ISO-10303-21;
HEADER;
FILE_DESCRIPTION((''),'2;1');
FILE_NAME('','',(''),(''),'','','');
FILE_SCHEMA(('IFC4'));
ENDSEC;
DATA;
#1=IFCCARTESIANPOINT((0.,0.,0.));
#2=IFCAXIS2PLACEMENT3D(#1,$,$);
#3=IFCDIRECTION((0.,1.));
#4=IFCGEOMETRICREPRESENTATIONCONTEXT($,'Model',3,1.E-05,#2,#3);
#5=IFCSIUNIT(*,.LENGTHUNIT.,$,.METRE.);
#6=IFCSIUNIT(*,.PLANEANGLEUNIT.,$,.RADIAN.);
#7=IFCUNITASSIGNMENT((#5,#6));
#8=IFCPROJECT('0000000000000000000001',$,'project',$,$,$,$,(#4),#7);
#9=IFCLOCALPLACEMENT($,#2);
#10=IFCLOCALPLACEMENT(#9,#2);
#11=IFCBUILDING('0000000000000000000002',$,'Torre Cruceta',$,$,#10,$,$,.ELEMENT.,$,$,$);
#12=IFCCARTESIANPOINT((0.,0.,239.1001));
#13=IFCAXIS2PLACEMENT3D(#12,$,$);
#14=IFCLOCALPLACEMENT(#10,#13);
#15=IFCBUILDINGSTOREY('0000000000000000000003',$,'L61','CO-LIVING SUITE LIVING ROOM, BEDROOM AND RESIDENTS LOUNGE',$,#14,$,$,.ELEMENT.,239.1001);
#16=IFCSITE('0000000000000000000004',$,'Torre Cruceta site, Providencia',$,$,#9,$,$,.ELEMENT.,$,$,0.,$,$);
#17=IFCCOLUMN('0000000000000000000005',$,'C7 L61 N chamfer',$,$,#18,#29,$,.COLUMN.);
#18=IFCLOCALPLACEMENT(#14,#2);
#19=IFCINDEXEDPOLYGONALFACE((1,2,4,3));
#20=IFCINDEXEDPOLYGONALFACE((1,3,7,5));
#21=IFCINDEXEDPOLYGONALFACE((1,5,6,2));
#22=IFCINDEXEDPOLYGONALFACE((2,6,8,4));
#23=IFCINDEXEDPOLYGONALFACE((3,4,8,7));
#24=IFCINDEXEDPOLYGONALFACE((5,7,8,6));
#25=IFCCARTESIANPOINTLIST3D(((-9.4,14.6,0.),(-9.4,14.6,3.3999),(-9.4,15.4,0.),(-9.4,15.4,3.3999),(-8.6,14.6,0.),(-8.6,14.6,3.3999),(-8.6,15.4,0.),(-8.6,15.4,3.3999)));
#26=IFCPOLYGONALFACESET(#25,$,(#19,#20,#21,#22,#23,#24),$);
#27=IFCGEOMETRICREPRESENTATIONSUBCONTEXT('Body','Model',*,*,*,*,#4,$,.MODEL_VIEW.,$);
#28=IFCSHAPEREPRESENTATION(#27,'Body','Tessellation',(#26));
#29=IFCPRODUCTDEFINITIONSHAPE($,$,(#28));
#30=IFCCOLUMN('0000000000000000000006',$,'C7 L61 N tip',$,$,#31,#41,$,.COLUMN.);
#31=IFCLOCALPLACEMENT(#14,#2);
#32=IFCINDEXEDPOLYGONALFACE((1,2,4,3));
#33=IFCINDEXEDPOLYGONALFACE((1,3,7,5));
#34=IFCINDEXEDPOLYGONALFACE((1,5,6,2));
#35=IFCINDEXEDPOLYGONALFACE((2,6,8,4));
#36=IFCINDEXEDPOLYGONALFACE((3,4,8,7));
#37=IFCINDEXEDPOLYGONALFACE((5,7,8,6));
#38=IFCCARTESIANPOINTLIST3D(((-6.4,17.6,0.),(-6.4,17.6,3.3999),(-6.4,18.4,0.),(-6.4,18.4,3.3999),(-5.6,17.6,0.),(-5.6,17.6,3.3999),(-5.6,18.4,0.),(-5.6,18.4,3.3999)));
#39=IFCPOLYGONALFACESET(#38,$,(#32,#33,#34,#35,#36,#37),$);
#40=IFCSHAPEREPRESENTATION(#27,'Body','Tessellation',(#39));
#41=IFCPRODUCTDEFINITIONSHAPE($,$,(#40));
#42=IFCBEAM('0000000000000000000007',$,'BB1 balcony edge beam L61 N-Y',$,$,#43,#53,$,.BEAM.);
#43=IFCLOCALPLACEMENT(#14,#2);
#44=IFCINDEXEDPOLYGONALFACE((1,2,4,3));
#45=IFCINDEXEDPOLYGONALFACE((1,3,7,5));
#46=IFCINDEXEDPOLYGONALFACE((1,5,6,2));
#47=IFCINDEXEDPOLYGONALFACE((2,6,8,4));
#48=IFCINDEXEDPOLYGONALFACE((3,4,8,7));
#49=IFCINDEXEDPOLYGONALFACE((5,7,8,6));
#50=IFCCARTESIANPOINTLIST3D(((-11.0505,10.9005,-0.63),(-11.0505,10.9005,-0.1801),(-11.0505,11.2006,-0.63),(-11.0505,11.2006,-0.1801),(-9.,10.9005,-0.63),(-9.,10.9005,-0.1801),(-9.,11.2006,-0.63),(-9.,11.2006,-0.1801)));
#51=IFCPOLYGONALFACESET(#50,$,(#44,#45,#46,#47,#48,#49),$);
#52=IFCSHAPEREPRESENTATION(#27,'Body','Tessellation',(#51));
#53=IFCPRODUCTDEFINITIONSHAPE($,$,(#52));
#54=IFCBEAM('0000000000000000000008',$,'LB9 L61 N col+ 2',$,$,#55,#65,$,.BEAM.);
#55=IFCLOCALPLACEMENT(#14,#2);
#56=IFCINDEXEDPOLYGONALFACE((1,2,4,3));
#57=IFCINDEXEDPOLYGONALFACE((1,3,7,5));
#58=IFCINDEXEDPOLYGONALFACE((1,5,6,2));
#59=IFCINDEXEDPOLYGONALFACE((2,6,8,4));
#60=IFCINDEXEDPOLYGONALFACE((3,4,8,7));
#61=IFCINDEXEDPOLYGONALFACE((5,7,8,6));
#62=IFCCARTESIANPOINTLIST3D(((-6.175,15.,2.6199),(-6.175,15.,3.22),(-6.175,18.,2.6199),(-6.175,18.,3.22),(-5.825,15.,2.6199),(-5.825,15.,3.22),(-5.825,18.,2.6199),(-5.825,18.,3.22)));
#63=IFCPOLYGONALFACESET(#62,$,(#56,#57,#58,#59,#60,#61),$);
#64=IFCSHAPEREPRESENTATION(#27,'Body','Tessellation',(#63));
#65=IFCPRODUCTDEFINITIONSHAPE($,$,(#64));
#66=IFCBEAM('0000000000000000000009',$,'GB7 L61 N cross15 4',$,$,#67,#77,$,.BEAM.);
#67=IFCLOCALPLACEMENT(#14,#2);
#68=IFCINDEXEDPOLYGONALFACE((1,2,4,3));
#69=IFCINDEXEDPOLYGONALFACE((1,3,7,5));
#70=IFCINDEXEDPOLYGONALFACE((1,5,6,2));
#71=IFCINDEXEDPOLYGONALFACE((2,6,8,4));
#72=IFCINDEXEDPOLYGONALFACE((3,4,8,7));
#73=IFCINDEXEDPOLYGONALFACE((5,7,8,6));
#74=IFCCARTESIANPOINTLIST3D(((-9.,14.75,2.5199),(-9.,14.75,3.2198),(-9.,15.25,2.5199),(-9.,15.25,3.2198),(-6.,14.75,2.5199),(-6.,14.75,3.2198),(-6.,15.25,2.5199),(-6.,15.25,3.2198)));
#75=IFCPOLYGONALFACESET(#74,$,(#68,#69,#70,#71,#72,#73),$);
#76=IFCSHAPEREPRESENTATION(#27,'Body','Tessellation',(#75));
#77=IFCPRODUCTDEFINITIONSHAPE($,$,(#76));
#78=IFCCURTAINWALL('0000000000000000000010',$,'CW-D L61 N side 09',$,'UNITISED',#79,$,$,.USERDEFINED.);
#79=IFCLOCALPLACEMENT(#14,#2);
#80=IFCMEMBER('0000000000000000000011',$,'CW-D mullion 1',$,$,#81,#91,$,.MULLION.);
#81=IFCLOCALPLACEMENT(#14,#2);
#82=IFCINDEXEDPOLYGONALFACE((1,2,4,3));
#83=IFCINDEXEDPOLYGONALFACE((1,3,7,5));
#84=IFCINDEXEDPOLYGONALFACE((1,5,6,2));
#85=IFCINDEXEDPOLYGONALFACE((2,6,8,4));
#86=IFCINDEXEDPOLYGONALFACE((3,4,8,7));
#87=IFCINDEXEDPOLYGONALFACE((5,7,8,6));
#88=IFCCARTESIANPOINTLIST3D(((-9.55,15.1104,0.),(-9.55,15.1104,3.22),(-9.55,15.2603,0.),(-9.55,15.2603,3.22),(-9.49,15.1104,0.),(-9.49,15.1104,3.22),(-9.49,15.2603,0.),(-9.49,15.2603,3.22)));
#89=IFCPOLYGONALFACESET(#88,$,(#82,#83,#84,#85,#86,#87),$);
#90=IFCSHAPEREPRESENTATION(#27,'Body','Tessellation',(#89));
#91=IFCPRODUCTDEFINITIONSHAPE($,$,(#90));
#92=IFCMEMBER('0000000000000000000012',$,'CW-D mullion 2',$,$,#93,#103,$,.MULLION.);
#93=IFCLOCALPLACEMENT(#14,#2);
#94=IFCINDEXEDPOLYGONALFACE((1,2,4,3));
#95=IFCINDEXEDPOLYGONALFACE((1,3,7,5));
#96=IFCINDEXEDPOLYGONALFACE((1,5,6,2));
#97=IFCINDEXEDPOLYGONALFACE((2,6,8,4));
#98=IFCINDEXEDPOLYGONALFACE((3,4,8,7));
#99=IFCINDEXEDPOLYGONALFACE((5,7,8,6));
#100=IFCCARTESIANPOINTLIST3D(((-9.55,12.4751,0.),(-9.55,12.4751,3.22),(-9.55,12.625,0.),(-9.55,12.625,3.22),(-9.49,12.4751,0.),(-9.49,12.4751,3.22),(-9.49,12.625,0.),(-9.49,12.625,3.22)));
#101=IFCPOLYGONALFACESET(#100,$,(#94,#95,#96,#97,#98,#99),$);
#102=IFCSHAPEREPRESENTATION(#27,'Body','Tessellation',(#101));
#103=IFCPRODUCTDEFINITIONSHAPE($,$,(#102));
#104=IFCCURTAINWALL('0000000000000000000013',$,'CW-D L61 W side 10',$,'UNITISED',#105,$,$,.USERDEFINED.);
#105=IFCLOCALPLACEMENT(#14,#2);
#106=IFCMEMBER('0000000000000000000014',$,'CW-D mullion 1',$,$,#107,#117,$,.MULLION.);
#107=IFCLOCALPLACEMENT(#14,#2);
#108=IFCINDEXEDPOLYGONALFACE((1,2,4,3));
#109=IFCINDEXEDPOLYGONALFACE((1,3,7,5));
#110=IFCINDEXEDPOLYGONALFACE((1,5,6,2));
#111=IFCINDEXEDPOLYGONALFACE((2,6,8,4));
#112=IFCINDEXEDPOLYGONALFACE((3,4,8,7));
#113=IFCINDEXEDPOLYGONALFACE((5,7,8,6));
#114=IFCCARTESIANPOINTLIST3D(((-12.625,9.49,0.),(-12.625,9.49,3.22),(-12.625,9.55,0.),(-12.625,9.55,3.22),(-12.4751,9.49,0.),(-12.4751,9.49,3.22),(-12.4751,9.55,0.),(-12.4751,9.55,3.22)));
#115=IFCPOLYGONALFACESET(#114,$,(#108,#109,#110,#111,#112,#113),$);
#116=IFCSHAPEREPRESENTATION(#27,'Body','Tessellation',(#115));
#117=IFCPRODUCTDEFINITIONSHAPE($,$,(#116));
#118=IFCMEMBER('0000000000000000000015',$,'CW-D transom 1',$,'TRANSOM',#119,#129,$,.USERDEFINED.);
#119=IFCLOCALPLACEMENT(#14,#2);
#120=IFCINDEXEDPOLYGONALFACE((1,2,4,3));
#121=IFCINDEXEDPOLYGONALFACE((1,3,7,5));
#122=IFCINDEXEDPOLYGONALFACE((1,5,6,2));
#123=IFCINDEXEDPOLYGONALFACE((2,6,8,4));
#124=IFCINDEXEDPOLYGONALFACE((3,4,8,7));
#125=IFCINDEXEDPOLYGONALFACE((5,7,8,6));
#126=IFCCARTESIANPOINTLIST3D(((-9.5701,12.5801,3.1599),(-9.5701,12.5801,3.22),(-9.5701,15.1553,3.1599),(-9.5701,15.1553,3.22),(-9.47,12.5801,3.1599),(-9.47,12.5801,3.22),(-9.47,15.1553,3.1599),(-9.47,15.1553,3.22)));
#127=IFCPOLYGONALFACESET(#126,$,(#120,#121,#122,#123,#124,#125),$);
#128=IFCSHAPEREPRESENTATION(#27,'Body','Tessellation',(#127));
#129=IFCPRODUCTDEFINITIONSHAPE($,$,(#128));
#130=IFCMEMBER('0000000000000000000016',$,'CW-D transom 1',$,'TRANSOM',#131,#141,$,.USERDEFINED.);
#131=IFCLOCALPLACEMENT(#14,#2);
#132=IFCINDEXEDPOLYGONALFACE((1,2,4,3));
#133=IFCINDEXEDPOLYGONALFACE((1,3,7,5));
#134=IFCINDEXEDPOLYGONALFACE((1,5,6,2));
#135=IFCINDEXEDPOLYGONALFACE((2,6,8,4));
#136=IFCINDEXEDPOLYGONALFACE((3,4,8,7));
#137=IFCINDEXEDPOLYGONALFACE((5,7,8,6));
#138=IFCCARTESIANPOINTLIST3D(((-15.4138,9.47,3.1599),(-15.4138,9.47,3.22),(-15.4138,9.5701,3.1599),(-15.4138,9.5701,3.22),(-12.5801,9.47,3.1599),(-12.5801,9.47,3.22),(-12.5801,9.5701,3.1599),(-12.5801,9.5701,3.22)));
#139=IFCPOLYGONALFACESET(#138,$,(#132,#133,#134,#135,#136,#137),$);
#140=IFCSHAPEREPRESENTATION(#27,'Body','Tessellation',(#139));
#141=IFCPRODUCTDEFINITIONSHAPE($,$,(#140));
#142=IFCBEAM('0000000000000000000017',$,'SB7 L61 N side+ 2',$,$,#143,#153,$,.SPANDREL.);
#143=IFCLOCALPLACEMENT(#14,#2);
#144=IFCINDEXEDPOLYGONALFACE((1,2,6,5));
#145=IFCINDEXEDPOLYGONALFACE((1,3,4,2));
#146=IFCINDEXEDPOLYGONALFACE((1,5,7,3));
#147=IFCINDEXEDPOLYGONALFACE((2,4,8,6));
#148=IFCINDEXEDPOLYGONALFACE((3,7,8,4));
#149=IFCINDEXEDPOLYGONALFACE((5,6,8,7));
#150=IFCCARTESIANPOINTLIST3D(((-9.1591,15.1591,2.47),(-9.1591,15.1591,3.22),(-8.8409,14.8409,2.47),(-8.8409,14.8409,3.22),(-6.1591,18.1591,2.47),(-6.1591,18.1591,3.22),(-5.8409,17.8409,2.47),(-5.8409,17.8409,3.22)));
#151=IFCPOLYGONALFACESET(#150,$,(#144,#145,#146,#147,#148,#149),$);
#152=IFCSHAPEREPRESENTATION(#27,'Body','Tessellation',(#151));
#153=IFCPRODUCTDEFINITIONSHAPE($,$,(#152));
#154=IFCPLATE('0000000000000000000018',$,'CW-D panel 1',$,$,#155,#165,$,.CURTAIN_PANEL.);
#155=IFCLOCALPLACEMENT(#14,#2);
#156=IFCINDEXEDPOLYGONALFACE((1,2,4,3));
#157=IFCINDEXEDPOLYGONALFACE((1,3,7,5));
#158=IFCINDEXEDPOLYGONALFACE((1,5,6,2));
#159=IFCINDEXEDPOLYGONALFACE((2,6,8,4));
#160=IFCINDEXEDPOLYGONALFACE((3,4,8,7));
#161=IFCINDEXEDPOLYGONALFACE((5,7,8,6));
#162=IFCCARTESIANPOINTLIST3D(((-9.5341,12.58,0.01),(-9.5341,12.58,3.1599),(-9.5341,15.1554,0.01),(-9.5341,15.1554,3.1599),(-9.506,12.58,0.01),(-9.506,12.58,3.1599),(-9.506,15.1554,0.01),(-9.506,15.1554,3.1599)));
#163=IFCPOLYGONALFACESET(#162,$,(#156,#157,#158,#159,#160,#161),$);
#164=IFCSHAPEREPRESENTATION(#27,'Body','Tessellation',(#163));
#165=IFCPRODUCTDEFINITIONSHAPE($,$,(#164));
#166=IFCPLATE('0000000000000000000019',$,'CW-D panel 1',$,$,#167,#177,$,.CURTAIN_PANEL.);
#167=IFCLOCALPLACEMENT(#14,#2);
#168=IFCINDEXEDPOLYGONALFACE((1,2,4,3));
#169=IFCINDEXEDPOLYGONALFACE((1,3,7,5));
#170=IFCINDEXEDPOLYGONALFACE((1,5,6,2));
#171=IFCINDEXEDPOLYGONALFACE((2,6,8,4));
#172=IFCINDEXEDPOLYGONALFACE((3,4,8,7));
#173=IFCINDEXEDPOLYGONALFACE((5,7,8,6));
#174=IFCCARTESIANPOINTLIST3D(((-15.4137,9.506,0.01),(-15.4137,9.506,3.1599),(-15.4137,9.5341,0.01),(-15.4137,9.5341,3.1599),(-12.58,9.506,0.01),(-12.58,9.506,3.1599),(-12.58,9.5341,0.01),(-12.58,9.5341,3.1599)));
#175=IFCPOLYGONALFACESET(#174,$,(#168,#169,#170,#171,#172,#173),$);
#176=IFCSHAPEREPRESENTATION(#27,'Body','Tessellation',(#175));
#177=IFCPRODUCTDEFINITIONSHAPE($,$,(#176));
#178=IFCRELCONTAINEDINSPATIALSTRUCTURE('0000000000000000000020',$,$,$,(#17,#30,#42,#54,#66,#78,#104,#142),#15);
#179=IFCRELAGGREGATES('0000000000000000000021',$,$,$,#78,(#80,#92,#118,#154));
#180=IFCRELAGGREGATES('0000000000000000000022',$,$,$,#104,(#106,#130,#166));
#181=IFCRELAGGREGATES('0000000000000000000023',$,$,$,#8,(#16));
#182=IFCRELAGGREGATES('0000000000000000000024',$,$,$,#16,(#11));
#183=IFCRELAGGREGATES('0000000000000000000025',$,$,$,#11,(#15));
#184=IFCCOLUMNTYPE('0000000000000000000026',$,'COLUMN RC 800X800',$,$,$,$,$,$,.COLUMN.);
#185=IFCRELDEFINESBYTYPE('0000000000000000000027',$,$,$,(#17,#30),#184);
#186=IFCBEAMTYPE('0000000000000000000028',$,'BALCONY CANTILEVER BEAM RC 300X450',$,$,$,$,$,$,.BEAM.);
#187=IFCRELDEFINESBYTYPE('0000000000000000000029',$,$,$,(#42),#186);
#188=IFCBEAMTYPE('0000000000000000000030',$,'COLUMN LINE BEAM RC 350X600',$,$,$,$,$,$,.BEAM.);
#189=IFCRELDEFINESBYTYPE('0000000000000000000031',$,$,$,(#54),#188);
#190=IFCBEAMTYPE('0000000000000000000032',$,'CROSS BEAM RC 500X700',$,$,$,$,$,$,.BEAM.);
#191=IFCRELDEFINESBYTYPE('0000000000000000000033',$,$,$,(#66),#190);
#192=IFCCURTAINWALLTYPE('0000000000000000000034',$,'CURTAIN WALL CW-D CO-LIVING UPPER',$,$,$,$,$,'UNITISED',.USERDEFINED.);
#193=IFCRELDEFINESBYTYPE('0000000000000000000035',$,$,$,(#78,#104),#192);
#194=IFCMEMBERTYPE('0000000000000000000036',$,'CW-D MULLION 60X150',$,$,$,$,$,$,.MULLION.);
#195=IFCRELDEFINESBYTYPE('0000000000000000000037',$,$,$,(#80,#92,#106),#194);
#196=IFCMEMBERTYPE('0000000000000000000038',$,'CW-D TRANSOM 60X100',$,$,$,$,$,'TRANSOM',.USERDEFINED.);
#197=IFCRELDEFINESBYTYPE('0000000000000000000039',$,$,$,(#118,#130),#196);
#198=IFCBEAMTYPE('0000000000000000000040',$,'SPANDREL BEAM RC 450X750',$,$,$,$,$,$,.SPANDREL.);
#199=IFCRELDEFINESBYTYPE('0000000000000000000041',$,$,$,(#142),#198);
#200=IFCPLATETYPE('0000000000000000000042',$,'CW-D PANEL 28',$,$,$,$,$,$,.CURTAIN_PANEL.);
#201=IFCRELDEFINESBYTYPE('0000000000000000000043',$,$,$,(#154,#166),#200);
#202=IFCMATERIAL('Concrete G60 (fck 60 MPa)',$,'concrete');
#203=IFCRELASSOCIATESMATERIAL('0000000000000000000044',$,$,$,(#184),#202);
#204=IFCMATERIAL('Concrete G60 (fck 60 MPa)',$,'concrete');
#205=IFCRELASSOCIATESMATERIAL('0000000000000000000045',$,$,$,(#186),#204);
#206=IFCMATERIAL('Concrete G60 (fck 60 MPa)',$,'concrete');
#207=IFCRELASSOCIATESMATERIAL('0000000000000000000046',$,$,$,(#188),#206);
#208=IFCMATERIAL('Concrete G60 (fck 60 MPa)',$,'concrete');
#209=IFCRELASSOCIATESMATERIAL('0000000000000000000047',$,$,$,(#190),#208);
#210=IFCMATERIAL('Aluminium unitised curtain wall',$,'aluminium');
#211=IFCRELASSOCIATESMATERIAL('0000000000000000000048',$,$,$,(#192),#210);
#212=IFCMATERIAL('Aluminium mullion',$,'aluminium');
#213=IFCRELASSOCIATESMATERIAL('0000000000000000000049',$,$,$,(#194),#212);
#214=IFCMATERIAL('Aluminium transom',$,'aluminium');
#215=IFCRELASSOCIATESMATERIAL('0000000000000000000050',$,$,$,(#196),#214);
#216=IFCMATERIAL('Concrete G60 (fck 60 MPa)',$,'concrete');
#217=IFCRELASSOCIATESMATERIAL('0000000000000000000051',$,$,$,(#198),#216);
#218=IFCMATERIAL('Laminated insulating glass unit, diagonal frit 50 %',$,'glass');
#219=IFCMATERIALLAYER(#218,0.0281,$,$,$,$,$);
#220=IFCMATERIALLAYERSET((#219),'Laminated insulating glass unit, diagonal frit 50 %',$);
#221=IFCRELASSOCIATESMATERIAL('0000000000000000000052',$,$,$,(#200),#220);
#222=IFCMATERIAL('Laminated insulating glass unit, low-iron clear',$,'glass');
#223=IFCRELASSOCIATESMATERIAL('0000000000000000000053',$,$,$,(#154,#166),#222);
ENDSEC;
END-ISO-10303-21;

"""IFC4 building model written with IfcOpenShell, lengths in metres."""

from ifc_helpers import new_model, si_unit, direction, frame, origin, origin_2d, place, context, subcontext, project, spatial, rectangle, extrude, material, layer, layer_set, material_profile, profile_set, type_object, element, aggregate, save


model = new_model("IFC4")

# Units and contexts
model_context = context("Model", 3, precision=1e-05, world=origin(), true_north=direction((0.0, 1.0)))
body_context = subcontext(model_context, "Body", "Model", "MODEL_VIEW")
ifc_project = project(units=[si_unit("LENGTHUNIT", "METRE"), si_unit("PLANEANGLEUNIT", "RADIAN")], contexts=[model_context])

# Site, building, storey
site_placement = place(None, origin())
site = spatial("IfcSite", under=ifc_project, at=site_placement, Name="Torre Cruceta site, Providencia", CompositionType="ELEMENT", RefElevation=0.0)
building_placement = place(site_placement, origin())
building = spatial("IfcBuilding", under=site, at=building_placement, Name="Torre Cruceta", CompositionType="ELEMENT")
storey_placement = place(building_placement, frame((0.0, 0.0, 239.1001)))
storey = spatial("IfcBuildingStorey", under=building, at=storey_placement, Name="L61", Description="CO-LIVING SUITE LIVING ROOM, BEDROOM AND RESIDENTS LOUNGE", CompositionType="ELEMENT", Elevation=239.1001)

# Columns
ifc_material_1 = material(Name="Concrete G60 (fck 60 MPa)", Category="concrete")
ifc_material_profile_1 = material_profile(ifc_material_1, rectangle(XDim=0.8, YDim=0.8, at=origin_2d()), Name="RC 800X800")
ifc_profile_set_1 = profile_set([ifc_material_profile_1], Name="Concrete G60 (fck 60 MPa)")
column_type = type_object("IfcColumnType", Name="COLUMN RC 800X800", PredefinedType="COLUMN", material=ifc_profile_set_1)
for number, where, z_axis, x_axis, name in (
    (1, (-9.0, 15.0, 0.0), (0.0, 0.0, 1.0), (1.0, 0.0, 0.0), "C7 L61 N chamfer"),
    (2, (-6.0, 18.0, 0.0), (0.0, 0.0, 1.0), (1.0, 0.0, 0.0), "C7 L61 N tip"),
):
    element("IfcColumn", number, at=place(storey_placement, frame(where, z_axis=z_axis, x_axis=x_axis)), inside=storey, type_object=column_type, Name=name, PredefinedType="COLUMN", context=body_context, shape_type="SweptSolid", body=[
        extrude(rectangle(XDim=0.8, YDim=0.8, at=origin_2d()), origin(), (0.0, 0.0, 1.0), 3.3999),
    ])

# Beams
ifc_material_2 = material(Name="Concrete G60 (fck 60 MPa)", Category="concrete")
ifc_material_profile_2 = material_profile(ifc_material_2, rectangle(XDim=0.3, YDim=0.45, at=origin_2d()), Name="RC 300X450")
ifc_profile_set_2 = profile_set([ifc_material_profile_2], Name="Concrete G60 (fck 60 MPa)")
beam_type_1 = type_object("IfcBeamType", Name="BALCONY CANTILEVER BEAM RC 300X450", PredefinedType="BEAM", material=ifc_profile_set_2)
beam_1_placement = place(storey_placement, frame((-9.0, 11.0505, -0.405), z_axis=(-1.0, 0.0, 0.0), x_axis=(0.0, -1.0, 0.0)))
element("IfcBeam", 3, at=beam_1_placement, inside=storey, type_object=beam_type_1, Name="BB1 balcony edge beam L61 N-Y", PredefinedType="BEAM", context=body_context, shape_type="SweptSolid", body=[
    extrude(rectangle(XDim=0.3, YDim=0.45, at=origin_2d()), origin(), (0.0, 0.0, 1.0), 2.0505),
])
ifc_material_3 = material(Name="Concrete G60 (fck 60 MPa)", Category="concrete")
ifc_material_profile_3 = material_profile(ifc_material_3, rectangle(XDim=0.3501, YDim=0.6001, at=origin_2d()), Name="RC 350X600")
ifc_profile_set_3 = profile_set([ifc_material_profile_3], Name="Concrete G60 (fck 60 MPa)")
beam_type_2 = type_object("IfcBeamType", Name="COLUMN LINE BEAM RC 350X600", PredefinedType="BEAM", material=ifc_profile_set_3)
beam_2_placement = place(storey_placement, frame((-6.0, 15.0, 2.9199), z_axis=(0.0, 1.0, 0.0), x_axis=(-1.0, 0.0, 0.0)))
element("IfcBeam", 4, at=beam_2_placement, inside=storey, type_object=beam_type_2, Name="LB9 L61 N col+ 2", PredefinedType="BEAM", context=body_context, shape_type="SweptSolid", body=[
    extrude(rectangle(XDim=0.3501, YDim=0.6001, at=origin_2d()), origin(), (0.0, 0.0, 1.0), 3.0),
])
ifc_material_4 = material(Name="Concrete G60 (fck 60 MPa)", Category="concrete")
ifc_material_profile_4 = material_profile(ifc_material_4, rectangle(XDim=0.5, YDim=0.7, at=origin_2d()), Name="RC 500X700")
ifc_profile_set_4 = profile_set([ifc_material_profile_4], Name="Concrete G60 (fck 60 MPa)")
beam_type_3 = type_object("IfcBeamType", Name="CROSS BEAM RC 500X700", PredefinedType="BEAM", material=ifc_profile_set_4)
beam_3_placement = place(storey_placement, frame((-6.0, 15.0, 2.8699), z_axis=(-1.0, 0.0, 0.0), x_axis=(0.0, -1.0, 0.0)))
element("IfcBeam", 5, at=beam_3_placement, inside=storey, type_object=beam_type_3, Name="GB7 L61 N cross15 4", PredefinedType="BEAM", context=body_context, shape_type="SweptSolid", body=[
    extrude(rectangle(XDim=0.5, YDim=0.7, at=origin_2d()), origin(), (0.0, 0.0, 1.0), 3.0),
])

# Curtain wall, members
ifc_material_5 = material(Name="Aluminium unitised curtain wall", Category="aluminium")
curtain_wall_type = type_object("IfcCurtainWallType", Name="CURTAIN WALL CW-D CO-LIVING UPPER", ElementType="UNITISED", PredefinedType="USERDEFINED", material=ifc_material_5)
curtain_wall_1_placement = place(storey_placement, origin())
curtain_wall_1 = element("IfcCurtainWall", 6, at=curtain_wall_1_placement, inside=storey, type_object=curtain_wall_type, Name="CW-D L61 N side 09", ObjectType="UNITISED", PredefinedType="USERDEFINED")
ifc_material_6 = material(Name="Aluminium mullion", Category="aluminium")
ifc_material_profile_5 = material_profile(ifc_material_6, rectangle(XDim=0.0601, YDim=0.1499, at=origin_2d()), Name="AL 60X150")
ifc_profile_set_5 = profile_set([ifc_material_profile_5], Name="Aluminium mullion")
member_type_1 = type_object("IfcMemberType", Name="CW-D MULLION 60X150", PredefinedType="MULLION", material=ifc_profile_set_5)
member_1_placement = place(storey_placement, frame((-9.52, 15.1853, 0.0), z_axis=(0.0, 0.0, 1.0), x_axis=(1.0, 0.0, 0.0)))
member_1 = element("IfcMember", 7, at=member_1_placement, type_object=member_type_1, Name="CW-D mullion 1", PredefinedType="MULLION", context=body_context, shape_type="SweptSolid", body=[
    extrude(rectangle(XDim=0.0601, YDim=0.1499, at=origin_2d()), origin(), (0.0, 0.0, 1.0), 3.22),
])
member_2_placement = place(storey_placement, frame((-9.52, 12.55, 0.0), z_axis=(0.0, 0.0, 1.0), x_axis=(1.0, 0.0, 0.0)))
member_2 = element("IfcMember", 8, at=member_2_placement, type_object=member_type_1, Name="CW-D mullion 2", PredefinedType="MULLION", context=body_context, shape_type="SweptSolid", body=[
    extrude(rectangle(XDim=0.0601, YDim=0.1499, at=origin_2d()), origin(), (0.0, 0.0, 1.0), 3.22),
])

# Curtain wall, member
curtain_wall_2_placement = place(storey_placement, origin())
curtain_wall_2 = element("IfcCurtainWall", 9, at=curtain_wall_2_placement, inside=storey, type_object=curtain_wall_type, Name="CW-D L61 W side 10", ObjectType="UNITISED", PredefinedType="USERDEFINED")
member_3_placement = place(storey_placement, frame((-12.55, 9.52, 0.0), z_axis=(0.0, 0.0, 1.0), x_axis=(0.0, -1.0, 0.0)))
member_3 = element("IfcMember", 10, at=member_3_placement, type_object=member_type_1, Name="CW-D mullion 1", PredefinedType="MULLION", context=body_context, shape_type="SweptSolid", body=[
    extrude(rectangle(XDim=0.0601, YDim=0.1499, at=origin_2d()), origin(), (0.0, 0.0, 1.0), 3.22),
])

# Members
ifc_material_7 = material(Name="Aluminium transom", Category="aluminium")
ifc_material_profile_6 = material_profile(ifc_material_7, rectangle(XDim=0.1001, YDim=0.0601, at=origin_2d()), Name="AL 100X60")
ifc_profile_set_6 = profile_set([ifc_material_profile_6], Name="Aluminium transom")
member_type_2 = type_object("IfcMemberType", Name="CW-D TRANSOM 60X100", ElementType="TRANSOM", PredefinedType="USERDEFINED", material=ifc_profile_set_6)
member_4_placement = place(storey_placement, frame((-9.52, 15.1553, 3.1899), z_axis=(0.0, -1.0, 0.0), x_axis=(1.0, 0.0, 0.0)))
member_4 = element("IfcMember", 11, at=member_4_placement, type_object=member_type_2, Name="CW-D transom 1", ObjectType="TRANSOM", PredefinedType="USERDEFINED", context=body_context, shape_type="SweptSolid", body=[
    extrude(rectangle(XDim=0.1001, YDim=0.0601, at=origin_2d()), origin(), (0.0, 0.0, 1.0), 2.5752),
])
member_5_placement = place(storey_placement, frame((-12.5801, 9.52, 3.1899), z_axis=(-1.0, 0.0, 0.0), x_axis=(0.0, -1.0, 0.0)))
member_5 = element("IfcMember", 12, at=member_5_placement, type_object=member_type_2, Name="CW-D transom 1", ObjectType="TRANSOM", PredefinedType="USERDEFINED", context=body_context, shape_type="SweptSolid", body=[
    extrude(rectangle(XDim=0.1001, YDim=0.0601, at=origin_2d()), origin(), (0.0, 0.0, 1.0), 2.8337),
])

# Beam
ifc_material_8 = material(Name="Concrete G60 (fck 60 MPa)", Category="concrete")
ifc_material_profile_7 = material_profile(ifc_material_8, rectangle(XDim=0.45, YDim=0.75, at=origin_2d()), Name="RC 450X750")
ifc_profile_set_7 = profile_set([ifc_material_profile_7], Name="Concrete G60 (fck 60 MPa)")
beam_type_4 = type_object("IfcBeamType", Name="SPANDREL BEAM RC 450X750", PredefinedType="SPANDREL", material=ifc_profile_set_7)
beam_4_placement = place(storey_placement, frame((-9.0, 15.0, 2.845), z_axis=(0.707107, 0.707107, 0.0), x_axis=(-0.707107, 0.707107, 0.0)))
element("IfcBeam", 13, at=beam_4_placement, inside=storey, type_object=beam_type_4, Name="SB7 L61 N side+ 2", PredefinedType="SPANDREL", context=body_context, shape_type="SweptSolid", body=[
    extrude(rectangle(XDim=0.45, YDim=0.75, at=origin_2d()), origin(), (0.0, 0.0, 1.0), 4.2427),
])

# Plates
ifc_material_9 = material(Name="Laminated insulating glass unit, low-iron clear", Category="glass")
ifc_material_10 = material(Name="Laminated insulating glass unit, diagonal frit 50 %", Category="glass")
ifc_layer_1 = layer(ifc_material_10, 0.0281)
ifc_layer_set_1 = layer_set([ifc_layer_1], Name="Laminated insulating glass unit, diagonal frit 50 %")
plate_type = type_object("IfcPlateType", Name="CW-D PANEL 28", PredefinedType="CURTAIN_PANEL", material=ifc_layer_set_1)
plate_1_placement = place(storey_placement, frame((-9.52, 13.8677, 0.01), z_axis=(0.0, 0.0, 1.0), x_axis=(0.0, -1.0, 0.0)))
plate_1 = element("IfcPlate", 14, at=plate_1_placement, type_object=plate_type, material=ifc_material_9, Name="CW-D panel 1", PredefinedType="CURTAIN_PANEL", context=body_context, shape_type="SweptSolid", body=[
    extrude(rectangle(XDim=2.5754, YDim=0.0281, at=origin_2d()), origin(), (0.0, 0.0, 1.0), 3.1499),
])
aggregate(curtain_wall_1, [member_1, member_2, member_4, plate_1])
plate_2_placement = place(storey_placement, frame((-13.9968, 9.52, 0.01), z_axis=(0.0, 0.0, 1.0), x_axis=(-1.0, 0.0, 0.0)))
plate_2 = element("IfcPlate", 15, at=plate_2_placement, type_object=plate_type, material=ifc_material_9, Name="CW-D panel 1", PredefinedType="CURTAIN_PANEL", context=body_context, shape_type="SweptSolid", body=[
    extrude(rectangle(XDim=2.8337, YDim=0.0281, at=origin_2d()), origin(), (0.0, 0.0, 1.0), 3.1499),
])
aggregate(curtain_wall_2, [member_3, member_5, plate_2])

save(model, "model.ifc")
